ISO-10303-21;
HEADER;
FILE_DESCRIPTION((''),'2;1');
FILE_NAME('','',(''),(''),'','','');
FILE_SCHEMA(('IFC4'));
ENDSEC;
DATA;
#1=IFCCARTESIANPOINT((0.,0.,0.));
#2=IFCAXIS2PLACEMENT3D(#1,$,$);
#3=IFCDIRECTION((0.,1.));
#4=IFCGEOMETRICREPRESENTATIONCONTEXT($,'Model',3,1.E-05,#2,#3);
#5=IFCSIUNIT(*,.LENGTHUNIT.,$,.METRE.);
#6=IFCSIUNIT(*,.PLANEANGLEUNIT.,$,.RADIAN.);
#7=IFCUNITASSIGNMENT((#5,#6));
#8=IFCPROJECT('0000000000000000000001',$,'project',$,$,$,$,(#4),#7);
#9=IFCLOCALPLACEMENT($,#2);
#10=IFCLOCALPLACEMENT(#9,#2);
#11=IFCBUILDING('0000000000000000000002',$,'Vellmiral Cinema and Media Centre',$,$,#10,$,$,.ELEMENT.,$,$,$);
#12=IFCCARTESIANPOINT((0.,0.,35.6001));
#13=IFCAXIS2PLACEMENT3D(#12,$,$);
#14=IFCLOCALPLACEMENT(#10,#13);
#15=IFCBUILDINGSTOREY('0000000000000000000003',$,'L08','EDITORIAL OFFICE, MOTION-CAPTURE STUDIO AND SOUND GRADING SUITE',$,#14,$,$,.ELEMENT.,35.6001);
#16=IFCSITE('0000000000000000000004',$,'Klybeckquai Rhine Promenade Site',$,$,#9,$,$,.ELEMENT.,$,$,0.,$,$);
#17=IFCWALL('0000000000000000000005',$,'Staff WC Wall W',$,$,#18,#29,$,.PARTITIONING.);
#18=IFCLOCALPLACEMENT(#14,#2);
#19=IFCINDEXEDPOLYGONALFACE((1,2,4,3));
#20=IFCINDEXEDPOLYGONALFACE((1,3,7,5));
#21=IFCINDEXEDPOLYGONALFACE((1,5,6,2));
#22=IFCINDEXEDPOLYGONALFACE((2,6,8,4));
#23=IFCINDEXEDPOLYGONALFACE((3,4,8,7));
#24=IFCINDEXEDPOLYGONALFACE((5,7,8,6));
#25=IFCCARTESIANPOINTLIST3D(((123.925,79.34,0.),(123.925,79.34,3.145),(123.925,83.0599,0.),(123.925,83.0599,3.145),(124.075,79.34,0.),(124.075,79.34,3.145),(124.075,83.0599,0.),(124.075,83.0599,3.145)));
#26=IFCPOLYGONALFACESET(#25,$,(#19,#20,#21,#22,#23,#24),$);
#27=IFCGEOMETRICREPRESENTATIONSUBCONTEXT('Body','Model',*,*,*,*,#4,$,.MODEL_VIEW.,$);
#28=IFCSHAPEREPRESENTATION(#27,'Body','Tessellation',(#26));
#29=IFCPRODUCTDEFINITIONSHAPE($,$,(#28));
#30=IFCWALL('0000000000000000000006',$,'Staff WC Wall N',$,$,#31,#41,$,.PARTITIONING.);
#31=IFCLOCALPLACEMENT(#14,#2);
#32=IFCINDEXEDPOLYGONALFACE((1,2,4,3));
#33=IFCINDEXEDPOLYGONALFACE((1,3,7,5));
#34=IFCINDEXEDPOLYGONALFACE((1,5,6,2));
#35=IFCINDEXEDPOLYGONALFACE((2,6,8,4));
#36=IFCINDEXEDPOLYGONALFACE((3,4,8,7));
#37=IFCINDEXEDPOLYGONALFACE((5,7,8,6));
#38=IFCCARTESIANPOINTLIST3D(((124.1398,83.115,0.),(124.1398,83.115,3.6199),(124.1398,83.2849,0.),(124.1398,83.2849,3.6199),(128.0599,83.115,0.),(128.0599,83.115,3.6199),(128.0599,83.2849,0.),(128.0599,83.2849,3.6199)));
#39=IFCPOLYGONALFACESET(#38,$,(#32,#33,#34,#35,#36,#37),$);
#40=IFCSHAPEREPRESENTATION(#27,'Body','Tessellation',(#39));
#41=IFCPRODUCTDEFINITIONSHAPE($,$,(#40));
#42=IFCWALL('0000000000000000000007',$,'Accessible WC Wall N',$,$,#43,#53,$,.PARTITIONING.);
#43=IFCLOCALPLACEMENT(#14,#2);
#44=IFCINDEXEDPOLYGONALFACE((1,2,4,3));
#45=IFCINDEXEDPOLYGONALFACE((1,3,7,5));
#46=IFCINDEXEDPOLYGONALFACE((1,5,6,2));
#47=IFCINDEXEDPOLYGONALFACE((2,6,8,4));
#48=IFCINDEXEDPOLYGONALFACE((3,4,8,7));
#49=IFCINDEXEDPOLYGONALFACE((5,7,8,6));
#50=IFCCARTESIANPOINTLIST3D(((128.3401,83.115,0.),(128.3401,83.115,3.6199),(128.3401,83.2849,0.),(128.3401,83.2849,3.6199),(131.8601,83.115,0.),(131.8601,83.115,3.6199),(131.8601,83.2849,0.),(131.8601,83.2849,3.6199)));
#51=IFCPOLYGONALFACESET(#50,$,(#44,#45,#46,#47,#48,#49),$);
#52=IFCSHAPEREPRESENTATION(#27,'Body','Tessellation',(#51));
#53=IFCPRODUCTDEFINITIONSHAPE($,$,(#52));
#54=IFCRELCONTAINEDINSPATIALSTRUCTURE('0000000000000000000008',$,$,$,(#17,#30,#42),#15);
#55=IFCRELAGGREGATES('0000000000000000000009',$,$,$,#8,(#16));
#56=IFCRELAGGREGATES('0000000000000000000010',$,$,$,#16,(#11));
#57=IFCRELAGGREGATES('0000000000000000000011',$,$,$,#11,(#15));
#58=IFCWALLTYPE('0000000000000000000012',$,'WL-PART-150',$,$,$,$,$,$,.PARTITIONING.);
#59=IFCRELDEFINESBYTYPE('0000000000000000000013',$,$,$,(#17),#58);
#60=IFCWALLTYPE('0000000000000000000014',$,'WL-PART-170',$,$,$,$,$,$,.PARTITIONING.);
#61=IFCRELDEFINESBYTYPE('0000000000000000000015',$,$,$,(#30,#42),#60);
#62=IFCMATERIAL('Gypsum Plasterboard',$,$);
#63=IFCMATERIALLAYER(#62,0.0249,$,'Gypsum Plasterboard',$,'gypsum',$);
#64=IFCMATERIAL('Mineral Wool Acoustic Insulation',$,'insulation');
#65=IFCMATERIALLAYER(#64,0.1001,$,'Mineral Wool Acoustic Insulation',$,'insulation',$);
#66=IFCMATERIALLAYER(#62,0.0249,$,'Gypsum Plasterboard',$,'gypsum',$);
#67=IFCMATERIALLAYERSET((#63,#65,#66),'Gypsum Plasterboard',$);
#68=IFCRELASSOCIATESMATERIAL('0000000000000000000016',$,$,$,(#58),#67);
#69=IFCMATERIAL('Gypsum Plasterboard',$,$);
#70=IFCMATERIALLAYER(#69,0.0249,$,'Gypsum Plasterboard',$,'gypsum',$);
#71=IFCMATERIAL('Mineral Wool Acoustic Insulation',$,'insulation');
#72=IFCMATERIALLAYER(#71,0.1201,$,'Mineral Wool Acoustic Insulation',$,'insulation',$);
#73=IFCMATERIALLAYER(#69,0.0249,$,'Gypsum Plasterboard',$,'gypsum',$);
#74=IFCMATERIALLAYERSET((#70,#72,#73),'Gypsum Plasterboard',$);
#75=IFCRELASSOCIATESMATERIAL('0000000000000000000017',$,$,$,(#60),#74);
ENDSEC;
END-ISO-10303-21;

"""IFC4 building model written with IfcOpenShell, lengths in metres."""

from ifc_helpers import new_model, si_unit, direction, frame, frame_2d, origin, place, context, subcontext, project, spatial, rectangle, extrude, material, layer, layer_set, type_object, element, save


model = new_model("IFC4")

# Units and contexts
model_context = context("Model", 3, precision=1e-05, world=origin(), true_north=direction((0.0, 1.0)))
body_context = subcontext(model_context, "Body", "Model", "MODEL_VIEW")
ifc_project = project(units=[si_unit("LENGTHUNIT", "METRE"), si_unit("PLANEANGLEUNIT", "RADIAN")], contexts=[model_context])

# Site, building, storey
site_placement = place(None, origin())
site = spatial("IfcSite", under=ifc_project, at=site_placement, Name="Klybeckquai Rhine Promenade Site", CompositionType="ELEMENT", RefElevation=0.0)
building_placement = place(site_placement, origin())
building = spatial("IfcBuilding", under=site, at=building_placement, Name="Vellmiral Cinema and Media Centre", CompositionType="ELEMENT")
storey_placement = place(building_placement, frame((0.0, 0.0, 35.6001)))
storey = spatial("IfcBuildingStorey", under=building, at=storey_placement, Name="L08", Description="EDITORIAL OFFICE, MOTION-CAPTURE STUDIO AND SOUND GRADING SUITE", CompositionType="ELEMENT", Elevation=35.6001)

# Walls
ifc_material_1 = material(Name="Gypsum Plasterboard")
ifc_layer_1 = layer(ifc_material_1, 0.0249, Name="Gypsum Plasterboard", Category="gypsum")
ifc_material_2 = material(Name="Mineral Wool Acoustic Insulation", Category="insulation")
ifc_layer_2 = layer(ifc_material_2, 0.1001, Name="Mineral Wool Acoustic Insulation", Category="insulation")
ifc_layer_3 = layer(ifc_material_1, 0.0249, Name="Gypsum Plasterboard", Category="gypsum")
ifc_layer_set_1 = layer_set([ifc_layer_1, ifc_layer_2, ifc_layer_3], Name="Gypsum Plasterboard")
wall_type_1 = type_object("IfcWallType", Name="WL-PART-150", PredefinedType="PARTITIONING", material=ifc_layer_set_1)
wall_1_placement = place(storey_placement, frame((124.0, 79.3401, 0.0), z_axis=(0.0, 0.0, 1.0), x_axis=(0.0, 1.0, 0.0)))
element("IfcWall", 1, at=wall_1_placement, inside=storey, type_object=wall_type_1, Name="Staff WC Wall W", PredefinedType="PARTITIONING", context=body_context, shape_type="SweptSolid", body=[
    extrude(rectangle(XDim=3.72, YDim=0.1499, at=frame_2d((1.8599, 0.0))), origin(), (0.0, 0.0, 1.0), 3.145),
])
ifc_material_3 = material(Name="Gypsum Plasterboard")
ifc_layer_4 = layer(ifc_material_3, 0.0249, Name="Gypsum Plasterboard", Category="gypsum")
ifc_material_4 = material(Name="Mineral Wool Acoustic Insulation", Category="insulation")
ifc_layer_5 = layer(ifc_material_4, 0.1201, Name="Mineral Wool Acoustic Insulation", Category="insulation")
ifc_layer_6 = layer(ifc_material_3, 0.0249, Name="Gypsum Plasterboard", Category="gypsum")
ifc_layer_set_2 = layer_set([ifc_layer_4, ifc_layer_5, ifc_layer_6], Name="Gypsum Plasterboard")
wall_type_2 = type_object("IfcWallType", Name="WL-PART-170", PredefinedType="PARTITIONING", material=ifc_layer_set_2)
wall_2_placement = place(storey_placement, frame((124.1399, 83.2, 0.0), z_axis=(0.0, 0.0, 1.0), x_axis=(1.0, 0.0, 0.0)))
element("IfcWall", 2, at=wall_2_placement, inside=storey, type_object=wall_type_2, Name="Staff WC Wall N", PredefinedType="PARTITIONING", context=body_context, shape_type="SweptSolid", body=[
    extrude(rectangle(XDim=3.9202, YDim=0.1699, at=frame_2d((1.96, 0.0))), origin(), (0.0, 0.0, 1.0), 3.6199),
])
wall_3_placement = place(storey_placement, frame((128.3401, 83.2, 0.0), z_axis=(0.0, 0.0, 1.0), x_axis=(1.0, 0.0, 0.0)))
element("IfcWall", 3, at=wall_3_placement, inside=storey, type_object=wall_type_2, Name="Accessible WC Wall N", PredefinedType="PARTITIONING", context=body_context, shape_type="SweptSolid", body=[
    extrude(rectangle(XDim=3.52, YDim=0.1699, at=frame_2d((1.76, 0.0))), origin(), (0.0, 0.0, 1.0), 3.6199),
])

save(model, "model.ifc")
